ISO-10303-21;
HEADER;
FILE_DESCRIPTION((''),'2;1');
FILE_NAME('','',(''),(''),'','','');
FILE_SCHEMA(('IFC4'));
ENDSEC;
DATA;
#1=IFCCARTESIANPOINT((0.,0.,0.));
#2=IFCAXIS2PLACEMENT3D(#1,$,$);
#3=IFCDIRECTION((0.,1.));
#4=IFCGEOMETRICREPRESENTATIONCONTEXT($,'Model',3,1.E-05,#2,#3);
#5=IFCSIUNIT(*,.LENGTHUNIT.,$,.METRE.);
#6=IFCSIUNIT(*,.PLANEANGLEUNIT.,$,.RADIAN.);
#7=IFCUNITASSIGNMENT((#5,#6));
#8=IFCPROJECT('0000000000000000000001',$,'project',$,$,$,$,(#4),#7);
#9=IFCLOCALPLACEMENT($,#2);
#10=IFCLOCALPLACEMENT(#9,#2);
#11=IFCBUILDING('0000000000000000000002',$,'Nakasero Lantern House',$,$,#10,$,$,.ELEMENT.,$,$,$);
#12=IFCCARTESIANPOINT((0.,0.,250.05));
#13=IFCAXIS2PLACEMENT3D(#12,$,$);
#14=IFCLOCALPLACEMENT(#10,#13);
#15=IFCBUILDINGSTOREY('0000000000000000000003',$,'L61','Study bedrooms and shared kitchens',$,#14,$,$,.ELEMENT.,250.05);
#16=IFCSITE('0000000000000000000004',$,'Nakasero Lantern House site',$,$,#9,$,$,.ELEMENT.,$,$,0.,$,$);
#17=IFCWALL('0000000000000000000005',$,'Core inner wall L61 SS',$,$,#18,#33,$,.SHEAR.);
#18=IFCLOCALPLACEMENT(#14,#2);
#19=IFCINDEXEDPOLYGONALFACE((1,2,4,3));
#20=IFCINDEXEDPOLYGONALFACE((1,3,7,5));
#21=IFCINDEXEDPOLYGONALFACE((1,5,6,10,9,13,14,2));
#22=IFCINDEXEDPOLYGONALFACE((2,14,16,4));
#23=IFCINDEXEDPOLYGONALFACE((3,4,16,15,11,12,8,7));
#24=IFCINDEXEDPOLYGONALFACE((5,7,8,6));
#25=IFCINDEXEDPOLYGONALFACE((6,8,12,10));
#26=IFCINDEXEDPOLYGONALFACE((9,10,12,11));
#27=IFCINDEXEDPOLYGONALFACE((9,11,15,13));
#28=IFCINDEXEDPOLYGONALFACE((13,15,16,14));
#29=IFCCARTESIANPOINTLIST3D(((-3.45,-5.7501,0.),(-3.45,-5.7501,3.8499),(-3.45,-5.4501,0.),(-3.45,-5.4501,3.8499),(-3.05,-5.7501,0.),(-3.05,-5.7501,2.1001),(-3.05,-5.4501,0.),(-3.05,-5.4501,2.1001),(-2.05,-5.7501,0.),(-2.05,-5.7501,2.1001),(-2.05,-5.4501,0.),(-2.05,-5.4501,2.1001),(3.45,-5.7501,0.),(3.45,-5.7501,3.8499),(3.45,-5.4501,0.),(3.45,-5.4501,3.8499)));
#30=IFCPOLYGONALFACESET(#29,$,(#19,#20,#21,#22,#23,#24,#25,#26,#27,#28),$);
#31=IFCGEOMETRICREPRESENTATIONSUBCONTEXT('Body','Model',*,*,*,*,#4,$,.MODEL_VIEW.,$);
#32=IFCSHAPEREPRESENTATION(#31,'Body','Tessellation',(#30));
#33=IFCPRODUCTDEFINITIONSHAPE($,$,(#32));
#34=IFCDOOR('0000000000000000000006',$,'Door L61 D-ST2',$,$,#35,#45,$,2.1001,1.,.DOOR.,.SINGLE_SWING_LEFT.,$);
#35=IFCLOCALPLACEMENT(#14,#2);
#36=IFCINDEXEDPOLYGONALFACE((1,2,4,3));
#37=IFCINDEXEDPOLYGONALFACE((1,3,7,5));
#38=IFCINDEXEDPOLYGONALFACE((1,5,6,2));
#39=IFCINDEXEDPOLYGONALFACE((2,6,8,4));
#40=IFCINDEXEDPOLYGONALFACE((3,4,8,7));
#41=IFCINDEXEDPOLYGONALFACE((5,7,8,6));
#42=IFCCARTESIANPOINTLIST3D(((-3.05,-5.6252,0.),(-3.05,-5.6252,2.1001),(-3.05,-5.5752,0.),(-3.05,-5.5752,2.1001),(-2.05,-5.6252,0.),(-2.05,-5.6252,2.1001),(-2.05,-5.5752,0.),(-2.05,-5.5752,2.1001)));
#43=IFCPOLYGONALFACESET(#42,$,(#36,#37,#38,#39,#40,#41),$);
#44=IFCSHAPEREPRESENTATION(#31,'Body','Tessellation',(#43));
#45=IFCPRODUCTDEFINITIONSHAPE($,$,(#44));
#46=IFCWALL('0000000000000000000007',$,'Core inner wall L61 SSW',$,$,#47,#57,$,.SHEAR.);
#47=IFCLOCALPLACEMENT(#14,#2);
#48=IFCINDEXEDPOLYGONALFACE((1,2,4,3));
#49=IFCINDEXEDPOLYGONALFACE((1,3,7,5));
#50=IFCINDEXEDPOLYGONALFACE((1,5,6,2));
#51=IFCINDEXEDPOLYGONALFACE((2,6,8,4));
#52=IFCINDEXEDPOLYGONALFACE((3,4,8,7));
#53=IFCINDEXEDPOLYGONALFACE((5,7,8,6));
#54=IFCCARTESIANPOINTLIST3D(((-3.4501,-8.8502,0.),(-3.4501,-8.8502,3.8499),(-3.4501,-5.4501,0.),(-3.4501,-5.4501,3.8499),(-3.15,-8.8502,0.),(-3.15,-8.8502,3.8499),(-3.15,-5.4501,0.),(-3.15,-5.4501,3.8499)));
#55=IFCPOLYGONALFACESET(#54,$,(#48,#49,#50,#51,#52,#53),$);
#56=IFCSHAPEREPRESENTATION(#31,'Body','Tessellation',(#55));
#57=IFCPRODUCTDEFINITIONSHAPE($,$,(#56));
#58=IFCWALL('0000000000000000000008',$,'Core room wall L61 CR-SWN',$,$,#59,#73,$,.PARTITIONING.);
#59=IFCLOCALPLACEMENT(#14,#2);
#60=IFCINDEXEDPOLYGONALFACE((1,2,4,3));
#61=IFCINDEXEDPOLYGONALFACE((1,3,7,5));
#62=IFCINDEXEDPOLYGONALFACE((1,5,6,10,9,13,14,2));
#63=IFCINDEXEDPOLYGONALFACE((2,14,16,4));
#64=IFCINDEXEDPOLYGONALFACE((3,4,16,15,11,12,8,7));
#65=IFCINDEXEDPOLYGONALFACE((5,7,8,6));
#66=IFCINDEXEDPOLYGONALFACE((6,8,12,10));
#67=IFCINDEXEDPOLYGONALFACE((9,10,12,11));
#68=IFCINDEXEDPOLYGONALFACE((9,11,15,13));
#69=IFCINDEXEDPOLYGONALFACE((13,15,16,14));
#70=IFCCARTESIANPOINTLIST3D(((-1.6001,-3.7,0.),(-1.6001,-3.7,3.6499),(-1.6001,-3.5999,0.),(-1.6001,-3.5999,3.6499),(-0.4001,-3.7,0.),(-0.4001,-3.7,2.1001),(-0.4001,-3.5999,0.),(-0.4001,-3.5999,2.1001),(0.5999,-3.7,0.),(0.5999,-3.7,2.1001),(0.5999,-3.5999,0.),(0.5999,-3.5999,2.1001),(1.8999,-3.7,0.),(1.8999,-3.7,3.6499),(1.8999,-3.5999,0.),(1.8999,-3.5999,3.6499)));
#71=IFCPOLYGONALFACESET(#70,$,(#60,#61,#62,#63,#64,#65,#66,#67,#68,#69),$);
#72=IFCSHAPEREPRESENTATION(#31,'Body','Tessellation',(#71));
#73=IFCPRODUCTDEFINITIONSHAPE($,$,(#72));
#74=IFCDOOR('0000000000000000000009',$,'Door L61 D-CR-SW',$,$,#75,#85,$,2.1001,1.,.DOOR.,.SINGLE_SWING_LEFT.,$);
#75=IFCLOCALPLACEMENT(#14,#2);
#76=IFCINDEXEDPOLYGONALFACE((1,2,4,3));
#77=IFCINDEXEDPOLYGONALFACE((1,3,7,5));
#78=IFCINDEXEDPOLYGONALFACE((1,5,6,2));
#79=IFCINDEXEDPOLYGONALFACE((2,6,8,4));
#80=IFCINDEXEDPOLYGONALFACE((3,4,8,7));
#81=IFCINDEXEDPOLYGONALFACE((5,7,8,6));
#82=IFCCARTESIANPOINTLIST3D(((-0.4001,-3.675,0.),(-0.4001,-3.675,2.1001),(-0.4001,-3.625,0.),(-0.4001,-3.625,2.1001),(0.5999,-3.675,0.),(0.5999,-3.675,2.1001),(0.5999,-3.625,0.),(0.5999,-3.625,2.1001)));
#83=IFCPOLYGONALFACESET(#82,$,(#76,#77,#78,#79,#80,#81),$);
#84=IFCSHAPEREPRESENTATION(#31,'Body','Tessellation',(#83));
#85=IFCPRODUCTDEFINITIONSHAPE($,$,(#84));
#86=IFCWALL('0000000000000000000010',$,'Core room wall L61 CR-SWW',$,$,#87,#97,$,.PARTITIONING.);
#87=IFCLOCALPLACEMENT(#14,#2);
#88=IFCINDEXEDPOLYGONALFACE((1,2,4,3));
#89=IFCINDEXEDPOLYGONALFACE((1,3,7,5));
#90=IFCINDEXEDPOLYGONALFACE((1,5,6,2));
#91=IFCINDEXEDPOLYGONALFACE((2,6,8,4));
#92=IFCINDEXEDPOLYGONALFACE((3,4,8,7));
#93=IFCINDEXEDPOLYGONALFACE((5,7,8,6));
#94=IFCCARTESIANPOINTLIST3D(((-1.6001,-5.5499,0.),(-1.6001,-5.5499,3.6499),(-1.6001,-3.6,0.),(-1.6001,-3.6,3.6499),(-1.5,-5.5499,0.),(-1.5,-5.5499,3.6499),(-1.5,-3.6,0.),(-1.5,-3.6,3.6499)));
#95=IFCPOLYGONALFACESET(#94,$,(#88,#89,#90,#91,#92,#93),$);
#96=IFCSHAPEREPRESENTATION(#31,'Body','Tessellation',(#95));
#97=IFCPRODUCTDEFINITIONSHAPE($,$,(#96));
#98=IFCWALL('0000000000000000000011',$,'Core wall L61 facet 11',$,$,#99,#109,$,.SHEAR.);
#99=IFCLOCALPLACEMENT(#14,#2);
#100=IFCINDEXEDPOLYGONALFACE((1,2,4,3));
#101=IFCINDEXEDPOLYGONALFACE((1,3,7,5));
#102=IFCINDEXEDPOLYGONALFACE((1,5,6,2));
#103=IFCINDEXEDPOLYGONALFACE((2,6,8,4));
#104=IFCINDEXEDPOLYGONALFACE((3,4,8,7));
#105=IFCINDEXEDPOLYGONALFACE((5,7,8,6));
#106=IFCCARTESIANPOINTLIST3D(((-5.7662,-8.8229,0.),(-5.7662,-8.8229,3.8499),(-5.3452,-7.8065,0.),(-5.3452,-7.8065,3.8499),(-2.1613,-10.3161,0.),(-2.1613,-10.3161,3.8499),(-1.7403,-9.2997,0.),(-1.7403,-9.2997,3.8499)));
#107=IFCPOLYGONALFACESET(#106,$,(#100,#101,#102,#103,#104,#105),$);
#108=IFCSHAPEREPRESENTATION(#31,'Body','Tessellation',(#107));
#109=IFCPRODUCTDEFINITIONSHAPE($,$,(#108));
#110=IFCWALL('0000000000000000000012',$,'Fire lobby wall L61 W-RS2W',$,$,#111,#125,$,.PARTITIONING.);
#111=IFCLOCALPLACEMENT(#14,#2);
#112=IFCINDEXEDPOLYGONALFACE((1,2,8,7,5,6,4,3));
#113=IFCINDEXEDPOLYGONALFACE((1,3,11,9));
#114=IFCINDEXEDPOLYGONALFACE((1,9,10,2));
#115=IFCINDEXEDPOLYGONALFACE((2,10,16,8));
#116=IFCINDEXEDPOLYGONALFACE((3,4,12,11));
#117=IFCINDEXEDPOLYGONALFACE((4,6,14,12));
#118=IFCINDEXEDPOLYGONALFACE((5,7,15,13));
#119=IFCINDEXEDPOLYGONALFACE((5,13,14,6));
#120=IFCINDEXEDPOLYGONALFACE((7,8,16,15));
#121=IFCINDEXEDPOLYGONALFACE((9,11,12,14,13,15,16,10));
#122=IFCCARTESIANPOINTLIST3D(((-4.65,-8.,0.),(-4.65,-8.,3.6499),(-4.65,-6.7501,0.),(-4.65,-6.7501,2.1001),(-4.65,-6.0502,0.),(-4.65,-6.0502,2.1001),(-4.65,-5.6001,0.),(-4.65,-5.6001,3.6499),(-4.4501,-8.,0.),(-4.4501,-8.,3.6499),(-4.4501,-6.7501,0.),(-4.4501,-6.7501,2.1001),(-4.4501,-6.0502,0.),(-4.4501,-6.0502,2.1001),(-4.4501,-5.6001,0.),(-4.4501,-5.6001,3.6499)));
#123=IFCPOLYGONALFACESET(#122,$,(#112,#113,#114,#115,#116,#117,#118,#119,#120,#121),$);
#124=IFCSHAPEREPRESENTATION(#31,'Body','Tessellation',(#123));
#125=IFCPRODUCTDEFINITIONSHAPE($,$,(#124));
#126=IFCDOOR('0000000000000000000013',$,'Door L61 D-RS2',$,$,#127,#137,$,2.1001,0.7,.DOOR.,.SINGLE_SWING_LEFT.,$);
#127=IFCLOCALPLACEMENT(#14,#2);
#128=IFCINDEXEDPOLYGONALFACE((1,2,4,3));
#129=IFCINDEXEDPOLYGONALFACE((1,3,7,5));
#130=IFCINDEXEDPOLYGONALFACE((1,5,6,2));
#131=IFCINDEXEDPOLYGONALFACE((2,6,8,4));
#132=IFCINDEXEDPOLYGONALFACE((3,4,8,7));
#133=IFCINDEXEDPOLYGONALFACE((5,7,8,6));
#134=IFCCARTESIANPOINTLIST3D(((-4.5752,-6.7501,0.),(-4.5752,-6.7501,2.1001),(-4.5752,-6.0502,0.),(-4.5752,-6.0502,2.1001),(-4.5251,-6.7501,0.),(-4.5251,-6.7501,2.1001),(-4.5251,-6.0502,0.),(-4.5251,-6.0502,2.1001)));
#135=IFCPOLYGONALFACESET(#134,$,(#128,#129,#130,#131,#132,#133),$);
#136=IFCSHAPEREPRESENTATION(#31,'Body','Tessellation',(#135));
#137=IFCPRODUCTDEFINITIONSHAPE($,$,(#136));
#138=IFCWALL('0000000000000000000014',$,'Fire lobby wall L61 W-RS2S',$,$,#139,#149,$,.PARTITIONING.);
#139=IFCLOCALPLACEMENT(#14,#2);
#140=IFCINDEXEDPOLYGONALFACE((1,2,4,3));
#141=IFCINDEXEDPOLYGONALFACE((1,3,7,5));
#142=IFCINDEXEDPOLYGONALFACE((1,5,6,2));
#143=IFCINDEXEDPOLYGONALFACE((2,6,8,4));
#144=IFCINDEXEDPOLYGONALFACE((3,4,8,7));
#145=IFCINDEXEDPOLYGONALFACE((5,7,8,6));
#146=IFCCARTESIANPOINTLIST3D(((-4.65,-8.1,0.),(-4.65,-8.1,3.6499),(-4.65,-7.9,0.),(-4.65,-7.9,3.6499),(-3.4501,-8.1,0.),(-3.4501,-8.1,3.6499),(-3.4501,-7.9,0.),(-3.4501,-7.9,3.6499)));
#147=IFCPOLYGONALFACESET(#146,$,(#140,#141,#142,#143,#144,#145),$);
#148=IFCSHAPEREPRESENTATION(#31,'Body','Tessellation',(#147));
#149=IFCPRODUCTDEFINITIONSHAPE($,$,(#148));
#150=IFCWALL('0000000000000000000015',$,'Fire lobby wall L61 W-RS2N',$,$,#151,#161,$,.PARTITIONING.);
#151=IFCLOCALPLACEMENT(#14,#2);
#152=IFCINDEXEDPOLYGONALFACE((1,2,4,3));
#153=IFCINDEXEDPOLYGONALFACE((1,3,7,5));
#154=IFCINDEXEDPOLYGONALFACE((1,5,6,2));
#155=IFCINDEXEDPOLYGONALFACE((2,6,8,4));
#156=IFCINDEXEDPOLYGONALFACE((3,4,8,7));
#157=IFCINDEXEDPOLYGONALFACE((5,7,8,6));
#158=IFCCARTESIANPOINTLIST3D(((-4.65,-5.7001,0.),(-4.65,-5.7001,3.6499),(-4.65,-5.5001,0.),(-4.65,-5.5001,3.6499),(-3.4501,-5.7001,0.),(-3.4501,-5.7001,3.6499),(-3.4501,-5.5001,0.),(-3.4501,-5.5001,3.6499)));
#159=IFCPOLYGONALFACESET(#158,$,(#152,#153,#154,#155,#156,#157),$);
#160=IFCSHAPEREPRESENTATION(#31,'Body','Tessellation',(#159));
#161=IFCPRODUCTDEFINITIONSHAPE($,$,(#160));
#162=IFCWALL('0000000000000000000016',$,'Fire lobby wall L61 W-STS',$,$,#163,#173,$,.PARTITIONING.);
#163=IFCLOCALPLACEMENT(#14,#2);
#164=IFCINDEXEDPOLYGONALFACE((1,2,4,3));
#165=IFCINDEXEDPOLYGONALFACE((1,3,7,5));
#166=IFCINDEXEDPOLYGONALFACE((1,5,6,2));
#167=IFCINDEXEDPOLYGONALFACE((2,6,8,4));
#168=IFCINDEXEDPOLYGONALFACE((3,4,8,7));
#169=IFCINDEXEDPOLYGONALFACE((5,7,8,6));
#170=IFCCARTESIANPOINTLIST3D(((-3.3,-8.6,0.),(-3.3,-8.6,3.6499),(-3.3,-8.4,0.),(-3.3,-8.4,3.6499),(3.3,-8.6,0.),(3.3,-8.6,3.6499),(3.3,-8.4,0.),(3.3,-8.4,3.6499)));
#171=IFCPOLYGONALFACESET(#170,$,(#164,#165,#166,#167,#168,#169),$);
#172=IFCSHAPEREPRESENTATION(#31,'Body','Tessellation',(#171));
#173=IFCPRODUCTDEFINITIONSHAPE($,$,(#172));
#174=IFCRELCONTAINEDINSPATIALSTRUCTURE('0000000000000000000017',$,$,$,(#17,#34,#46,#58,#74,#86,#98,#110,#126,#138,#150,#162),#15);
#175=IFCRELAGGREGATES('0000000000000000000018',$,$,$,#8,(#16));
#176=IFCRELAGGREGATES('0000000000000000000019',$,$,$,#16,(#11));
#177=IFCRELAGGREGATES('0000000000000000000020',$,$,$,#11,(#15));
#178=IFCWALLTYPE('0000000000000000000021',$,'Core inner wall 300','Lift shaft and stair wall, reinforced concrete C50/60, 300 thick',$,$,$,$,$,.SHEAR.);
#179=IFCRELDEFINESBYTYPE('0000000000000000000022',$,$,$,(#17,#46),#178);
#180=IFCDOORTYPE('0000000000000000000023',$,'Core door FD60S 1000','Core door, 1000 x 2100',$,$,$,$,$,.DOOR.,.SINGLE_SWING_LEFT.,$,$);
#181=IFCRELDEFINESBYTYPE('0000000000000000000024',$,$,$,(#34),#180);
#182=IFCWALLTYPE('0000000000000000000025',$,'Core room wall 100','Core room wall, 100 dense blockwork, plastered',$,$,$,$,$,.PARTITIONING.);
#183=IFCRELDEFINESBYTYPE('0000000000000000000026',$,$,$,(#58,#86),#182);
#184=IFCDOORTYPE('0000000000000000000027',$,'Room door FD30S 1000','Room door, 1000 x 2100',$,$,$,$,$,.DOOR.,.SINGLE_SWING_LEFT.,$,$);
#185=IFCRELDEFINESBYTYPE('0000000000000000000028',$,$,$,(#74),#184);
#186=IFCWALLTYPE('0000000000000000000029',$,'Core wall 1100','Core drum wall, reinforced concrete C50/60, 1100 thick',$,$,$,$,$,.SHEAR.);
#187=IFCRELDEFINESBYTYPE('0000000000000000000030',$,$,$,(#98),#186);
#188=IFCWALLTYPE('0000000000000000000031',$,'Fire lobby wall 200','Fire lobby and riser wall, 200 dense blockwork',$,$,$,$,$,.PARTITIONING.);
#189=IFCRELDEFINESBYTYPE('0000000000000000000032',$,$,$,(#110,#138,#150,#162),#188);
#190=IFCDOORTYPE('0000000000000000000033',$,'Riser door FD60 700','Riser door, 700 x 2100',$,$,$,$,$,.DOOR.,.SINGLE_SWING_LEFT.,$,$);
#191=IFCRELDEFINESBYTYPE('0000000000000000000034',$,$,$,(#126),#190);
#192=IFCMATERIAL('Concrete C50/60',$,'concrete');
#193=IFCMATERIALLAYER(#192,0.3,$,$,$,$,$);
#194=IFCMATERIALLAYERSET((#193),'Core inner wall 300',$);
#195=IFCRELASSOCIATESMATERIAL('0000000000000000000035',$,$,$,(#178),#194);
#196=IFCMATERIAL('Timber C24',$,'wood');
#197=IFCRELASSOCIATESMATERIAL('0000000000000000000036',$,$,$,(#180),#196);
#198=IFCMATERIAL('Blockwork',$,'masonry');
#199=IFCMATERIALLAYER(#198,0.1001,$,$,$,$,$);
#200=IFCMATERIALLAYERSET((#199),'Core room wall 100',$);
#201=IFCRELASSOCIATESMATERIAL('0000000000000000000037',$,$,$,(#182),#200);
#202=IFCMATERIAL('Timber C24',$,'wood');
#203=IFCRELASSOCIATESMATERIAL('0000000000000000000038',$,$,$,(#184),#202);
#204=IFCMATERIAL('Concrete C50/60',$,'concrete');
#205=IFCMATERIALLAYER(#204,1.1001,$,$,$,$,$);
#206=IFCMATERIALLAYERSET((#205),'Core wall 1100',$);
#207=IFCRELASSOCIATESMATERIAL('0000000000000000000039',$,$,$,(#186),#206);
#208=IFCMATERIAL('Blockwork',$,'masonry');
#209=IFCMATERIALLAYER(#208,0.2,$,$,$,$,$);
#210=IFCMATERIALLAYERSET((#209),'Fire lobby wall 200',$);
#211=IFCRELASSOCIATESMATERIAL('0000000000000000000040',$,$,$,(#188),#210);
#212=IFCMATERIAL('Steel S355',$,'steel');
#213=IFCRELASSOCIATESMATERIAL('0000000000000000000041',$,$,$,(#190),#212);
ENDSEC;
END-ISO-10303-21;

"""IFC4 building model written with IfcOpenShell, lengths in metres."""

from ifc_helpers import new_model, si_unit, direction, frame, frame_2d, origin, place, context, subcontext, project, spatial, rectangle, extrude, material, layer, layer_set, type_object, element, fill, save


model = new_model("IFC4")

# Units and contexts
model_context = context("Model", 3, precision=1e-05, world=origin(), true_north=direction((0.0, 1.0)))
body_context = subcontext(model_context, "Body", "Model", "MODEL_VIEW")
ifc_project = project(units=[si_unit("LENGTHUNIT", "METRE"), si_unit("PLANEANGLEUNIT", "RADIAN")], contexts=[model_context])

# Site, building, storey
site_placement = place(None, origin())
site = spatial("IfcSite", under=ifc_project, at=site_placement, Name="Nakasero Lantern House site", CompositionType="ELEMENT", RefElevation=0.0)
building_placement = place(site_placement, origin())
building = spatial("IfcBuilding", under=site, at=building_placement, Name="Nakasero Lantern House", CompositionType="ELEMENT")
storey_placement = place(building_placement, frame((0.0, 0.0, 250.05)))
storey = spatial("IfcBuildingStorey", under=building, at=storey_placement, Name="L61", Description="Study bedrooms and shared kitchens", CompositionType="ELEMENT", Elevation=250.05)

# Wall, opening, door
ifc_material_1 = material(Name="Concrete C50/60", Category="concrete")
ifc_layer_1 = layer(ifc_material_1, 0.3)
ifc_layer_set_1 = layer_set([ifc_layer_1], Name="Core inner wall 300")
wall_type_1 = type_object("IfcWallType", Name="Core inner wall 300", Description="Lift shaft and stair wall, reinforced concrete C50/60, 300 thick", PredefinedType="SHEAR", material=ifc_layer_set_1)
wall_1_placement = place(storey_placement, frame((-3.45, -5.6001, 0.0), z_axis=(0.0, 0.0, 1.0), x_axis=(1.0, 0.0, 0.0)))
wall_1 = element("IfcWall", 1, at=wall_1_placement, inside=storey, type_object=wall_type_1, Name="Core inner wall L61 SS", PredefinedType="SHEAR", context=body_context, shape_type="SweptSolid", body=[
    extrude(rectangle(XDim=6.8999, YDim=0.3, at=frame_2d((3.45, 0.0))), origin(), (0.0, 0.0, 1.0), 3.8499),
])
opening_1_placement = place(wall_1_placement, frame((0.3999, 0.0, 0.0)))
opening_1 = element("IfcOpeningElement", 2, at=opening_1_placement, cuts=wall_1, PredefinedType="OPENING", context=body_context, shape_type="SweptSolid", body=[
    extrude(rectangle(XDim=1.0, YDim=2.1001, at=frame_2d((0.5, 1.05))), frame((0.0, 0.1699, 0.0), z_axis=(0.0, -1.0, 0.0), x_axis=(1.0, 0.0, 0.0)), (0.0, 0.0, 1.0), 0.3401),
])
ifc_material_2 = material(Name="Timber C24", Category="wood")
door_type_1 = type_object("IfcDoorType", Name="Core door FD60S 1000", Description="Core door, 1000 x 2100", OperationType="SINGLE_SWING_LEFT", PredefinedType="DOOR", material=ifc_material_2)
door_1_placement = place(opening_1_placement, origin())
door_1 = element("IfcDoor", 3, at=door_1_placement, inside=storey, type_object=door_type_1, Name="Door L61 D-ST2", OperationType="SINGLE_SWING_LEFT", OverallHeight=2.1001, OverallWidth=1.0, PredefinedType="DOOR", context=body_context, shape_type="SweptSolid", body=[
    extrude(rectangle(XDim=1.0, YDim=2.1001, at=frame_2d((0.5, 1.05))), frame((0.0, 0.0249, 0.0), z_axis=(0.0, -1.0, 0.0), x_axis=(1.0, 0.0, 0.0)), (0.0, 0.0, 1.0), 0.05),
])
fill(opening_1, door_1)

# Wall
wall_2_placement = place(storey_placement, frame((-3.3, -5.45, 0.0), z_axis=(0.0, 0.0, 1.0), x_axis=(0.0, -1.0, 0.0)))
element("IfcWall", 4, at=wall_2_placement, inside=storey, type_object=wall_type_1, Name="Core inner wall L61 SSW", PredefinedType="SHEAR", context=body_context, shape_type="SweptSolid", body=[
    extrude(rectangle(XDim=3.4001, YDim=0.3, at=frame_2d((1.7002, 0.0))), origin(), (0.0, 0.0, 1.0), 3.8499),
])

# Wall, opening, door
ifc_material_3 = material(Name="Blockwork", Category="masonry")
ifc_layer_2 = layer(ifc_material_3, 0.1001)
ifc_layer_set_2 = layer_set([ifc_layer_2], Name="Core room wall 100")
wall_type_2 = type_object("IfcWallType", Name="Core room wall 100", Description="Core room wall, 100 dense blockwork, plastered", PredefinedType="PARTITIONING", material=ifc_layer_set_2)
wall_3_placement = place(storey_placement, frame((-1.6001, -3.6499, 0.0), z_axis=(0.0, 0.0, 1.0), x_axis=(1.0, 0.0, 0.0)))
wall_3 = element("IfcWall", 5, at=wall_3_placement, inside=storey, type_object=wall_type_2, Name="Core room wall L61 CR-SWN", PredefinedType="PARTITIONING", context=body_context, shape_type="SweptSolid", body=[
    extrude(rectangle(XDim=3.5, YDim=0.1001, at=frame_2d((1.75, 0.0))), origin(), (0.0, 0.0, 1.0), 3.6499),
])
opening_2_placement = place(wall_3_placement, frame((1.2, 0.0, 0.0)))
opening_2 = element("IfcOpeningElement", 6, at=opening_2_placement, cuts=wall_3, PredefinedType="OPENING", context=body_context, shape_type="SweptSolid", body=[
    extrude(rectangle(XDim=1.0, YDim=2.1001, at=frame_2d((0.5, 1.05))), frame((0.0, 0.0701, 0.0), z_axis=(0.0, -1.0, 0.0), x_axis=(1.0, 0.0, 0.0)), (0.0, 0.0, 1.0), 0.1401),
])
ifc_material_4 = material(Name="Timber C24", Category="wood")
door_type_2 = type_object("IfcDoorType", Name="Room door FD30S 1000", Description="Room door, 1000 x 2100", OperationType="SINGLE_SWING_LEFT", PredefinedType="DOOR", material=ifc_material_4)
door_2_placement = place(opening_2_placement, origin())
door_2 = element("IfcDoor", 7, at=door_2_placement, inside=storey, type_object=door_type_2, Name="Door L61 D-CR-SW", OperationType="SINGLE_SWING_LEFT", OverallHeight=2.1001, OverallWidth=1.0, PredefinedType="DOOR", context=body_context, shape_type="SweptSolid", body=[
    extrude(rectangle(XDim=1.0, YDim=2.1001, at=frame_2d((0.5, 1.05))), frame((0.0, 0.0249, 0.0), z_axis=(0.0, -1.0, 0.0), x_axis=(1.0, 0.0, 0.0)), (0.0, 0.0, 1.0), 0.05),
])
fill(opening_2, door_2)

# Walls
wall_4_placement = place(storey_placement, frame((-1.55, -5.55, 0.0), z_axis=(0.0, 0.0, 1.0), x_axis=(0.0, 1.0, 0.0)))
element("IfcWall", 8, at=wall_4_placement, inside=storey, type_object=wall_type_2, Name="Core room wall L61 CR-SWW", PredefinedType="PARTITIONING", context=body_context, shape_type="SweptSolid", body=[
    extrude(rectangle(XDim=1.95, YDim=0.1001, at=frame_2d((0.9751, 0.0))), origin(), (0.0, 0.0, 1.0), 3.6499),
])
ifc_material_5 = material(Name="Concrete C50/60", Category="concrete")
ifc_layer_3 = layer(ifc_material_5, 1.1001)
ifc_layer_set_3 = layer_set([ifc_layer_3], Name="Core wall 1100")
wall_type_3 = type_object("IfcWallType", Name="Core wall 1100", Description="Core drum wall, reinforced concrete C50/60, 1100 thick", PredefinedType="SHEAR", material=ifc_layer_set_3)
wall_5_placement = place(storey_placement, frame((-5.5557, -8.3147, 0.0), z_axis=(0.0, 0.0, 1.0), x_axis=(0.923877, -0.382691, 0.0)))
element("IfcWall", 9, at=wall_5_placement, inside=storey, type_object=wall_type_3, Name="Core wall L61 facet 11", PredefinedType="SHEAR", context=body_context, shape_type="SweptSolid", body=[
    extrude(rectangle(XDim=3.9019, YDim=1.1001, at=frame_2d((1.9509, 0.0))), origin(), (0.0, 0.0, 1.0), 3.8499),
])

# Wall, opening, door
ifc_material_6 = material(Name="Blockwork", Category="masonry")
ifc_layer_4 = layer(ifc_material_6, 0.2)
ifc_layer_set_4 = layer_set([ifc_layer_4], Name="Fire lobby wall 200")
wall_type_4 = type_object("IfcWallType", Name="Fire lobby wall 200", Description="Fire lobby and riser wall, 200 dense blockwork", PredefinedType="PARTITIONING", material=ifc_layer_set_4)
wall_6_placement = place(storey_placement, frame((-4.55, -5.6001, 0.0), z_axis=(0.0, 0.0, 1.0), x_axis=(0.0, -1.0, 0.0)))
wall_6 = element("IfcWall", 10, at=wall_6_placement, inside=storey, type_object=wall_type_4, Name="Fire lobby wall L61 W-RS2W", PredefinedType="PARTITIONING", context=body_context, shape_type="SweptSolid", body=[
    extrude(rectangle(XDim=2.3999, YDim=0.2, at=frame_2d((1.2, 0.0))), origin(), (0.0, 0.0, 1.0), 3.6499),
])
opening_3_placement = place(wall_6_placement, frame((0.45, 0.0, 0.0)))
opening_3 = element("IfcOpeningElement", 11, at=opening_3_placement, cuts=wall_6, PredefinedType="OPENING", context=body_context, shape_type="SweptSolid", body=[
    extrude(rectangle(XDim=0.7, YDim=2.1001, at=frame_2d((0.3501, 1.05))), frame((0.0, 0.1199, 0.0), z_axis=(0.0, -1.0, 0.0), x_axis=(1.0, 0.0, 0.0)), (0.0, 0.0, 1.0), 0.24),
])
ifc_material_7 = material(Name="Steel S355", Category="steel")
door_type_3 = type_object("IfcDoorType", Name="Riser door FD60 700", Description="Riser door, 700 x 2100", OperationType="SINGLE_SWING_LEFT", PredefinedType="DOOR", material=ifc_material_7)
door_3_placement = place(opening_3_placement, origin())
door_3 = element("IfcDoor", 12, at=door_3_placement, inside=storey, type_object=door_type_3, Name="Door L61 D-RS2", OperationType="SINGLE_SWING_LEFT", OverallHeight=2.1001, OverallWidth=0.7, PredefinedType="DOOR", context=body_context, shape_type="SweptSolid", body=[
    extrude(rectangle(XDim=0.7, YDim=2.1001, at=frame_2d((0.3501, 1.05))), frame((0.0, 0.0249, 0.0), z_axis=(0.0, -1.0, 0.0), x_axis=(1.0, 0.0, 0.0)), (0.0, 0.0, 1.0), 0.05),
])
fill(opening_3, door_3)

# Walls
for number, where, z_axis, x_axis, name in (
    (13, (-3.45, -8.0, 0.0), (0.0, 0.0, 1.0), (-1.0, 0.0, 0.0), "Fire lobby wall L61 W-RS2S"),
    (14, (-3.45, -5.6001, 0.0), (0.0, 0.0, 1.0), (-1.0, 0.0, 0.0), "Fire lobby wall L61 W-RS2N"),
):
    element("IfcWall", number, at=place(storey_placement, frame(where, z_axis=z_axis, x_axis=x_axis)), inside=storey, type_object=wall_type_4, Name=name, PredefinedType="PARTITIONING", context=body_context, shape_type="SweptSolid", body=[
        extrude(rectangle(XDim=1.2, YDim=0.2, at=frame_2d((0.6001, 0.0))), origin(), (0.0, 0.0, 1.0), 3.6499),
    ])
wall_7_placement = place(storey_placement, frame((-3.3, -8.5, 0.0), z_axis=(0.0, 0.0, 1.0), x_axis=(1.0, 0.0, 0.0)))
element("IfcWall", 15, at=wall_7_placement, inside=storey, type_object=wall_type_4, Name="Fire lobby wall L61 W-STS", PredefinedType="PARTITIONING", context=body_context, shape_type="SweptSolid", body=[
    extrude(rectangle(XDim=6.6001, YDim=0.2, at=frame_2d((3.3, 0.0))), origin(), (0.0, 0.0, 1.0), 3.6499),
])

save(model, "model.ifc")
